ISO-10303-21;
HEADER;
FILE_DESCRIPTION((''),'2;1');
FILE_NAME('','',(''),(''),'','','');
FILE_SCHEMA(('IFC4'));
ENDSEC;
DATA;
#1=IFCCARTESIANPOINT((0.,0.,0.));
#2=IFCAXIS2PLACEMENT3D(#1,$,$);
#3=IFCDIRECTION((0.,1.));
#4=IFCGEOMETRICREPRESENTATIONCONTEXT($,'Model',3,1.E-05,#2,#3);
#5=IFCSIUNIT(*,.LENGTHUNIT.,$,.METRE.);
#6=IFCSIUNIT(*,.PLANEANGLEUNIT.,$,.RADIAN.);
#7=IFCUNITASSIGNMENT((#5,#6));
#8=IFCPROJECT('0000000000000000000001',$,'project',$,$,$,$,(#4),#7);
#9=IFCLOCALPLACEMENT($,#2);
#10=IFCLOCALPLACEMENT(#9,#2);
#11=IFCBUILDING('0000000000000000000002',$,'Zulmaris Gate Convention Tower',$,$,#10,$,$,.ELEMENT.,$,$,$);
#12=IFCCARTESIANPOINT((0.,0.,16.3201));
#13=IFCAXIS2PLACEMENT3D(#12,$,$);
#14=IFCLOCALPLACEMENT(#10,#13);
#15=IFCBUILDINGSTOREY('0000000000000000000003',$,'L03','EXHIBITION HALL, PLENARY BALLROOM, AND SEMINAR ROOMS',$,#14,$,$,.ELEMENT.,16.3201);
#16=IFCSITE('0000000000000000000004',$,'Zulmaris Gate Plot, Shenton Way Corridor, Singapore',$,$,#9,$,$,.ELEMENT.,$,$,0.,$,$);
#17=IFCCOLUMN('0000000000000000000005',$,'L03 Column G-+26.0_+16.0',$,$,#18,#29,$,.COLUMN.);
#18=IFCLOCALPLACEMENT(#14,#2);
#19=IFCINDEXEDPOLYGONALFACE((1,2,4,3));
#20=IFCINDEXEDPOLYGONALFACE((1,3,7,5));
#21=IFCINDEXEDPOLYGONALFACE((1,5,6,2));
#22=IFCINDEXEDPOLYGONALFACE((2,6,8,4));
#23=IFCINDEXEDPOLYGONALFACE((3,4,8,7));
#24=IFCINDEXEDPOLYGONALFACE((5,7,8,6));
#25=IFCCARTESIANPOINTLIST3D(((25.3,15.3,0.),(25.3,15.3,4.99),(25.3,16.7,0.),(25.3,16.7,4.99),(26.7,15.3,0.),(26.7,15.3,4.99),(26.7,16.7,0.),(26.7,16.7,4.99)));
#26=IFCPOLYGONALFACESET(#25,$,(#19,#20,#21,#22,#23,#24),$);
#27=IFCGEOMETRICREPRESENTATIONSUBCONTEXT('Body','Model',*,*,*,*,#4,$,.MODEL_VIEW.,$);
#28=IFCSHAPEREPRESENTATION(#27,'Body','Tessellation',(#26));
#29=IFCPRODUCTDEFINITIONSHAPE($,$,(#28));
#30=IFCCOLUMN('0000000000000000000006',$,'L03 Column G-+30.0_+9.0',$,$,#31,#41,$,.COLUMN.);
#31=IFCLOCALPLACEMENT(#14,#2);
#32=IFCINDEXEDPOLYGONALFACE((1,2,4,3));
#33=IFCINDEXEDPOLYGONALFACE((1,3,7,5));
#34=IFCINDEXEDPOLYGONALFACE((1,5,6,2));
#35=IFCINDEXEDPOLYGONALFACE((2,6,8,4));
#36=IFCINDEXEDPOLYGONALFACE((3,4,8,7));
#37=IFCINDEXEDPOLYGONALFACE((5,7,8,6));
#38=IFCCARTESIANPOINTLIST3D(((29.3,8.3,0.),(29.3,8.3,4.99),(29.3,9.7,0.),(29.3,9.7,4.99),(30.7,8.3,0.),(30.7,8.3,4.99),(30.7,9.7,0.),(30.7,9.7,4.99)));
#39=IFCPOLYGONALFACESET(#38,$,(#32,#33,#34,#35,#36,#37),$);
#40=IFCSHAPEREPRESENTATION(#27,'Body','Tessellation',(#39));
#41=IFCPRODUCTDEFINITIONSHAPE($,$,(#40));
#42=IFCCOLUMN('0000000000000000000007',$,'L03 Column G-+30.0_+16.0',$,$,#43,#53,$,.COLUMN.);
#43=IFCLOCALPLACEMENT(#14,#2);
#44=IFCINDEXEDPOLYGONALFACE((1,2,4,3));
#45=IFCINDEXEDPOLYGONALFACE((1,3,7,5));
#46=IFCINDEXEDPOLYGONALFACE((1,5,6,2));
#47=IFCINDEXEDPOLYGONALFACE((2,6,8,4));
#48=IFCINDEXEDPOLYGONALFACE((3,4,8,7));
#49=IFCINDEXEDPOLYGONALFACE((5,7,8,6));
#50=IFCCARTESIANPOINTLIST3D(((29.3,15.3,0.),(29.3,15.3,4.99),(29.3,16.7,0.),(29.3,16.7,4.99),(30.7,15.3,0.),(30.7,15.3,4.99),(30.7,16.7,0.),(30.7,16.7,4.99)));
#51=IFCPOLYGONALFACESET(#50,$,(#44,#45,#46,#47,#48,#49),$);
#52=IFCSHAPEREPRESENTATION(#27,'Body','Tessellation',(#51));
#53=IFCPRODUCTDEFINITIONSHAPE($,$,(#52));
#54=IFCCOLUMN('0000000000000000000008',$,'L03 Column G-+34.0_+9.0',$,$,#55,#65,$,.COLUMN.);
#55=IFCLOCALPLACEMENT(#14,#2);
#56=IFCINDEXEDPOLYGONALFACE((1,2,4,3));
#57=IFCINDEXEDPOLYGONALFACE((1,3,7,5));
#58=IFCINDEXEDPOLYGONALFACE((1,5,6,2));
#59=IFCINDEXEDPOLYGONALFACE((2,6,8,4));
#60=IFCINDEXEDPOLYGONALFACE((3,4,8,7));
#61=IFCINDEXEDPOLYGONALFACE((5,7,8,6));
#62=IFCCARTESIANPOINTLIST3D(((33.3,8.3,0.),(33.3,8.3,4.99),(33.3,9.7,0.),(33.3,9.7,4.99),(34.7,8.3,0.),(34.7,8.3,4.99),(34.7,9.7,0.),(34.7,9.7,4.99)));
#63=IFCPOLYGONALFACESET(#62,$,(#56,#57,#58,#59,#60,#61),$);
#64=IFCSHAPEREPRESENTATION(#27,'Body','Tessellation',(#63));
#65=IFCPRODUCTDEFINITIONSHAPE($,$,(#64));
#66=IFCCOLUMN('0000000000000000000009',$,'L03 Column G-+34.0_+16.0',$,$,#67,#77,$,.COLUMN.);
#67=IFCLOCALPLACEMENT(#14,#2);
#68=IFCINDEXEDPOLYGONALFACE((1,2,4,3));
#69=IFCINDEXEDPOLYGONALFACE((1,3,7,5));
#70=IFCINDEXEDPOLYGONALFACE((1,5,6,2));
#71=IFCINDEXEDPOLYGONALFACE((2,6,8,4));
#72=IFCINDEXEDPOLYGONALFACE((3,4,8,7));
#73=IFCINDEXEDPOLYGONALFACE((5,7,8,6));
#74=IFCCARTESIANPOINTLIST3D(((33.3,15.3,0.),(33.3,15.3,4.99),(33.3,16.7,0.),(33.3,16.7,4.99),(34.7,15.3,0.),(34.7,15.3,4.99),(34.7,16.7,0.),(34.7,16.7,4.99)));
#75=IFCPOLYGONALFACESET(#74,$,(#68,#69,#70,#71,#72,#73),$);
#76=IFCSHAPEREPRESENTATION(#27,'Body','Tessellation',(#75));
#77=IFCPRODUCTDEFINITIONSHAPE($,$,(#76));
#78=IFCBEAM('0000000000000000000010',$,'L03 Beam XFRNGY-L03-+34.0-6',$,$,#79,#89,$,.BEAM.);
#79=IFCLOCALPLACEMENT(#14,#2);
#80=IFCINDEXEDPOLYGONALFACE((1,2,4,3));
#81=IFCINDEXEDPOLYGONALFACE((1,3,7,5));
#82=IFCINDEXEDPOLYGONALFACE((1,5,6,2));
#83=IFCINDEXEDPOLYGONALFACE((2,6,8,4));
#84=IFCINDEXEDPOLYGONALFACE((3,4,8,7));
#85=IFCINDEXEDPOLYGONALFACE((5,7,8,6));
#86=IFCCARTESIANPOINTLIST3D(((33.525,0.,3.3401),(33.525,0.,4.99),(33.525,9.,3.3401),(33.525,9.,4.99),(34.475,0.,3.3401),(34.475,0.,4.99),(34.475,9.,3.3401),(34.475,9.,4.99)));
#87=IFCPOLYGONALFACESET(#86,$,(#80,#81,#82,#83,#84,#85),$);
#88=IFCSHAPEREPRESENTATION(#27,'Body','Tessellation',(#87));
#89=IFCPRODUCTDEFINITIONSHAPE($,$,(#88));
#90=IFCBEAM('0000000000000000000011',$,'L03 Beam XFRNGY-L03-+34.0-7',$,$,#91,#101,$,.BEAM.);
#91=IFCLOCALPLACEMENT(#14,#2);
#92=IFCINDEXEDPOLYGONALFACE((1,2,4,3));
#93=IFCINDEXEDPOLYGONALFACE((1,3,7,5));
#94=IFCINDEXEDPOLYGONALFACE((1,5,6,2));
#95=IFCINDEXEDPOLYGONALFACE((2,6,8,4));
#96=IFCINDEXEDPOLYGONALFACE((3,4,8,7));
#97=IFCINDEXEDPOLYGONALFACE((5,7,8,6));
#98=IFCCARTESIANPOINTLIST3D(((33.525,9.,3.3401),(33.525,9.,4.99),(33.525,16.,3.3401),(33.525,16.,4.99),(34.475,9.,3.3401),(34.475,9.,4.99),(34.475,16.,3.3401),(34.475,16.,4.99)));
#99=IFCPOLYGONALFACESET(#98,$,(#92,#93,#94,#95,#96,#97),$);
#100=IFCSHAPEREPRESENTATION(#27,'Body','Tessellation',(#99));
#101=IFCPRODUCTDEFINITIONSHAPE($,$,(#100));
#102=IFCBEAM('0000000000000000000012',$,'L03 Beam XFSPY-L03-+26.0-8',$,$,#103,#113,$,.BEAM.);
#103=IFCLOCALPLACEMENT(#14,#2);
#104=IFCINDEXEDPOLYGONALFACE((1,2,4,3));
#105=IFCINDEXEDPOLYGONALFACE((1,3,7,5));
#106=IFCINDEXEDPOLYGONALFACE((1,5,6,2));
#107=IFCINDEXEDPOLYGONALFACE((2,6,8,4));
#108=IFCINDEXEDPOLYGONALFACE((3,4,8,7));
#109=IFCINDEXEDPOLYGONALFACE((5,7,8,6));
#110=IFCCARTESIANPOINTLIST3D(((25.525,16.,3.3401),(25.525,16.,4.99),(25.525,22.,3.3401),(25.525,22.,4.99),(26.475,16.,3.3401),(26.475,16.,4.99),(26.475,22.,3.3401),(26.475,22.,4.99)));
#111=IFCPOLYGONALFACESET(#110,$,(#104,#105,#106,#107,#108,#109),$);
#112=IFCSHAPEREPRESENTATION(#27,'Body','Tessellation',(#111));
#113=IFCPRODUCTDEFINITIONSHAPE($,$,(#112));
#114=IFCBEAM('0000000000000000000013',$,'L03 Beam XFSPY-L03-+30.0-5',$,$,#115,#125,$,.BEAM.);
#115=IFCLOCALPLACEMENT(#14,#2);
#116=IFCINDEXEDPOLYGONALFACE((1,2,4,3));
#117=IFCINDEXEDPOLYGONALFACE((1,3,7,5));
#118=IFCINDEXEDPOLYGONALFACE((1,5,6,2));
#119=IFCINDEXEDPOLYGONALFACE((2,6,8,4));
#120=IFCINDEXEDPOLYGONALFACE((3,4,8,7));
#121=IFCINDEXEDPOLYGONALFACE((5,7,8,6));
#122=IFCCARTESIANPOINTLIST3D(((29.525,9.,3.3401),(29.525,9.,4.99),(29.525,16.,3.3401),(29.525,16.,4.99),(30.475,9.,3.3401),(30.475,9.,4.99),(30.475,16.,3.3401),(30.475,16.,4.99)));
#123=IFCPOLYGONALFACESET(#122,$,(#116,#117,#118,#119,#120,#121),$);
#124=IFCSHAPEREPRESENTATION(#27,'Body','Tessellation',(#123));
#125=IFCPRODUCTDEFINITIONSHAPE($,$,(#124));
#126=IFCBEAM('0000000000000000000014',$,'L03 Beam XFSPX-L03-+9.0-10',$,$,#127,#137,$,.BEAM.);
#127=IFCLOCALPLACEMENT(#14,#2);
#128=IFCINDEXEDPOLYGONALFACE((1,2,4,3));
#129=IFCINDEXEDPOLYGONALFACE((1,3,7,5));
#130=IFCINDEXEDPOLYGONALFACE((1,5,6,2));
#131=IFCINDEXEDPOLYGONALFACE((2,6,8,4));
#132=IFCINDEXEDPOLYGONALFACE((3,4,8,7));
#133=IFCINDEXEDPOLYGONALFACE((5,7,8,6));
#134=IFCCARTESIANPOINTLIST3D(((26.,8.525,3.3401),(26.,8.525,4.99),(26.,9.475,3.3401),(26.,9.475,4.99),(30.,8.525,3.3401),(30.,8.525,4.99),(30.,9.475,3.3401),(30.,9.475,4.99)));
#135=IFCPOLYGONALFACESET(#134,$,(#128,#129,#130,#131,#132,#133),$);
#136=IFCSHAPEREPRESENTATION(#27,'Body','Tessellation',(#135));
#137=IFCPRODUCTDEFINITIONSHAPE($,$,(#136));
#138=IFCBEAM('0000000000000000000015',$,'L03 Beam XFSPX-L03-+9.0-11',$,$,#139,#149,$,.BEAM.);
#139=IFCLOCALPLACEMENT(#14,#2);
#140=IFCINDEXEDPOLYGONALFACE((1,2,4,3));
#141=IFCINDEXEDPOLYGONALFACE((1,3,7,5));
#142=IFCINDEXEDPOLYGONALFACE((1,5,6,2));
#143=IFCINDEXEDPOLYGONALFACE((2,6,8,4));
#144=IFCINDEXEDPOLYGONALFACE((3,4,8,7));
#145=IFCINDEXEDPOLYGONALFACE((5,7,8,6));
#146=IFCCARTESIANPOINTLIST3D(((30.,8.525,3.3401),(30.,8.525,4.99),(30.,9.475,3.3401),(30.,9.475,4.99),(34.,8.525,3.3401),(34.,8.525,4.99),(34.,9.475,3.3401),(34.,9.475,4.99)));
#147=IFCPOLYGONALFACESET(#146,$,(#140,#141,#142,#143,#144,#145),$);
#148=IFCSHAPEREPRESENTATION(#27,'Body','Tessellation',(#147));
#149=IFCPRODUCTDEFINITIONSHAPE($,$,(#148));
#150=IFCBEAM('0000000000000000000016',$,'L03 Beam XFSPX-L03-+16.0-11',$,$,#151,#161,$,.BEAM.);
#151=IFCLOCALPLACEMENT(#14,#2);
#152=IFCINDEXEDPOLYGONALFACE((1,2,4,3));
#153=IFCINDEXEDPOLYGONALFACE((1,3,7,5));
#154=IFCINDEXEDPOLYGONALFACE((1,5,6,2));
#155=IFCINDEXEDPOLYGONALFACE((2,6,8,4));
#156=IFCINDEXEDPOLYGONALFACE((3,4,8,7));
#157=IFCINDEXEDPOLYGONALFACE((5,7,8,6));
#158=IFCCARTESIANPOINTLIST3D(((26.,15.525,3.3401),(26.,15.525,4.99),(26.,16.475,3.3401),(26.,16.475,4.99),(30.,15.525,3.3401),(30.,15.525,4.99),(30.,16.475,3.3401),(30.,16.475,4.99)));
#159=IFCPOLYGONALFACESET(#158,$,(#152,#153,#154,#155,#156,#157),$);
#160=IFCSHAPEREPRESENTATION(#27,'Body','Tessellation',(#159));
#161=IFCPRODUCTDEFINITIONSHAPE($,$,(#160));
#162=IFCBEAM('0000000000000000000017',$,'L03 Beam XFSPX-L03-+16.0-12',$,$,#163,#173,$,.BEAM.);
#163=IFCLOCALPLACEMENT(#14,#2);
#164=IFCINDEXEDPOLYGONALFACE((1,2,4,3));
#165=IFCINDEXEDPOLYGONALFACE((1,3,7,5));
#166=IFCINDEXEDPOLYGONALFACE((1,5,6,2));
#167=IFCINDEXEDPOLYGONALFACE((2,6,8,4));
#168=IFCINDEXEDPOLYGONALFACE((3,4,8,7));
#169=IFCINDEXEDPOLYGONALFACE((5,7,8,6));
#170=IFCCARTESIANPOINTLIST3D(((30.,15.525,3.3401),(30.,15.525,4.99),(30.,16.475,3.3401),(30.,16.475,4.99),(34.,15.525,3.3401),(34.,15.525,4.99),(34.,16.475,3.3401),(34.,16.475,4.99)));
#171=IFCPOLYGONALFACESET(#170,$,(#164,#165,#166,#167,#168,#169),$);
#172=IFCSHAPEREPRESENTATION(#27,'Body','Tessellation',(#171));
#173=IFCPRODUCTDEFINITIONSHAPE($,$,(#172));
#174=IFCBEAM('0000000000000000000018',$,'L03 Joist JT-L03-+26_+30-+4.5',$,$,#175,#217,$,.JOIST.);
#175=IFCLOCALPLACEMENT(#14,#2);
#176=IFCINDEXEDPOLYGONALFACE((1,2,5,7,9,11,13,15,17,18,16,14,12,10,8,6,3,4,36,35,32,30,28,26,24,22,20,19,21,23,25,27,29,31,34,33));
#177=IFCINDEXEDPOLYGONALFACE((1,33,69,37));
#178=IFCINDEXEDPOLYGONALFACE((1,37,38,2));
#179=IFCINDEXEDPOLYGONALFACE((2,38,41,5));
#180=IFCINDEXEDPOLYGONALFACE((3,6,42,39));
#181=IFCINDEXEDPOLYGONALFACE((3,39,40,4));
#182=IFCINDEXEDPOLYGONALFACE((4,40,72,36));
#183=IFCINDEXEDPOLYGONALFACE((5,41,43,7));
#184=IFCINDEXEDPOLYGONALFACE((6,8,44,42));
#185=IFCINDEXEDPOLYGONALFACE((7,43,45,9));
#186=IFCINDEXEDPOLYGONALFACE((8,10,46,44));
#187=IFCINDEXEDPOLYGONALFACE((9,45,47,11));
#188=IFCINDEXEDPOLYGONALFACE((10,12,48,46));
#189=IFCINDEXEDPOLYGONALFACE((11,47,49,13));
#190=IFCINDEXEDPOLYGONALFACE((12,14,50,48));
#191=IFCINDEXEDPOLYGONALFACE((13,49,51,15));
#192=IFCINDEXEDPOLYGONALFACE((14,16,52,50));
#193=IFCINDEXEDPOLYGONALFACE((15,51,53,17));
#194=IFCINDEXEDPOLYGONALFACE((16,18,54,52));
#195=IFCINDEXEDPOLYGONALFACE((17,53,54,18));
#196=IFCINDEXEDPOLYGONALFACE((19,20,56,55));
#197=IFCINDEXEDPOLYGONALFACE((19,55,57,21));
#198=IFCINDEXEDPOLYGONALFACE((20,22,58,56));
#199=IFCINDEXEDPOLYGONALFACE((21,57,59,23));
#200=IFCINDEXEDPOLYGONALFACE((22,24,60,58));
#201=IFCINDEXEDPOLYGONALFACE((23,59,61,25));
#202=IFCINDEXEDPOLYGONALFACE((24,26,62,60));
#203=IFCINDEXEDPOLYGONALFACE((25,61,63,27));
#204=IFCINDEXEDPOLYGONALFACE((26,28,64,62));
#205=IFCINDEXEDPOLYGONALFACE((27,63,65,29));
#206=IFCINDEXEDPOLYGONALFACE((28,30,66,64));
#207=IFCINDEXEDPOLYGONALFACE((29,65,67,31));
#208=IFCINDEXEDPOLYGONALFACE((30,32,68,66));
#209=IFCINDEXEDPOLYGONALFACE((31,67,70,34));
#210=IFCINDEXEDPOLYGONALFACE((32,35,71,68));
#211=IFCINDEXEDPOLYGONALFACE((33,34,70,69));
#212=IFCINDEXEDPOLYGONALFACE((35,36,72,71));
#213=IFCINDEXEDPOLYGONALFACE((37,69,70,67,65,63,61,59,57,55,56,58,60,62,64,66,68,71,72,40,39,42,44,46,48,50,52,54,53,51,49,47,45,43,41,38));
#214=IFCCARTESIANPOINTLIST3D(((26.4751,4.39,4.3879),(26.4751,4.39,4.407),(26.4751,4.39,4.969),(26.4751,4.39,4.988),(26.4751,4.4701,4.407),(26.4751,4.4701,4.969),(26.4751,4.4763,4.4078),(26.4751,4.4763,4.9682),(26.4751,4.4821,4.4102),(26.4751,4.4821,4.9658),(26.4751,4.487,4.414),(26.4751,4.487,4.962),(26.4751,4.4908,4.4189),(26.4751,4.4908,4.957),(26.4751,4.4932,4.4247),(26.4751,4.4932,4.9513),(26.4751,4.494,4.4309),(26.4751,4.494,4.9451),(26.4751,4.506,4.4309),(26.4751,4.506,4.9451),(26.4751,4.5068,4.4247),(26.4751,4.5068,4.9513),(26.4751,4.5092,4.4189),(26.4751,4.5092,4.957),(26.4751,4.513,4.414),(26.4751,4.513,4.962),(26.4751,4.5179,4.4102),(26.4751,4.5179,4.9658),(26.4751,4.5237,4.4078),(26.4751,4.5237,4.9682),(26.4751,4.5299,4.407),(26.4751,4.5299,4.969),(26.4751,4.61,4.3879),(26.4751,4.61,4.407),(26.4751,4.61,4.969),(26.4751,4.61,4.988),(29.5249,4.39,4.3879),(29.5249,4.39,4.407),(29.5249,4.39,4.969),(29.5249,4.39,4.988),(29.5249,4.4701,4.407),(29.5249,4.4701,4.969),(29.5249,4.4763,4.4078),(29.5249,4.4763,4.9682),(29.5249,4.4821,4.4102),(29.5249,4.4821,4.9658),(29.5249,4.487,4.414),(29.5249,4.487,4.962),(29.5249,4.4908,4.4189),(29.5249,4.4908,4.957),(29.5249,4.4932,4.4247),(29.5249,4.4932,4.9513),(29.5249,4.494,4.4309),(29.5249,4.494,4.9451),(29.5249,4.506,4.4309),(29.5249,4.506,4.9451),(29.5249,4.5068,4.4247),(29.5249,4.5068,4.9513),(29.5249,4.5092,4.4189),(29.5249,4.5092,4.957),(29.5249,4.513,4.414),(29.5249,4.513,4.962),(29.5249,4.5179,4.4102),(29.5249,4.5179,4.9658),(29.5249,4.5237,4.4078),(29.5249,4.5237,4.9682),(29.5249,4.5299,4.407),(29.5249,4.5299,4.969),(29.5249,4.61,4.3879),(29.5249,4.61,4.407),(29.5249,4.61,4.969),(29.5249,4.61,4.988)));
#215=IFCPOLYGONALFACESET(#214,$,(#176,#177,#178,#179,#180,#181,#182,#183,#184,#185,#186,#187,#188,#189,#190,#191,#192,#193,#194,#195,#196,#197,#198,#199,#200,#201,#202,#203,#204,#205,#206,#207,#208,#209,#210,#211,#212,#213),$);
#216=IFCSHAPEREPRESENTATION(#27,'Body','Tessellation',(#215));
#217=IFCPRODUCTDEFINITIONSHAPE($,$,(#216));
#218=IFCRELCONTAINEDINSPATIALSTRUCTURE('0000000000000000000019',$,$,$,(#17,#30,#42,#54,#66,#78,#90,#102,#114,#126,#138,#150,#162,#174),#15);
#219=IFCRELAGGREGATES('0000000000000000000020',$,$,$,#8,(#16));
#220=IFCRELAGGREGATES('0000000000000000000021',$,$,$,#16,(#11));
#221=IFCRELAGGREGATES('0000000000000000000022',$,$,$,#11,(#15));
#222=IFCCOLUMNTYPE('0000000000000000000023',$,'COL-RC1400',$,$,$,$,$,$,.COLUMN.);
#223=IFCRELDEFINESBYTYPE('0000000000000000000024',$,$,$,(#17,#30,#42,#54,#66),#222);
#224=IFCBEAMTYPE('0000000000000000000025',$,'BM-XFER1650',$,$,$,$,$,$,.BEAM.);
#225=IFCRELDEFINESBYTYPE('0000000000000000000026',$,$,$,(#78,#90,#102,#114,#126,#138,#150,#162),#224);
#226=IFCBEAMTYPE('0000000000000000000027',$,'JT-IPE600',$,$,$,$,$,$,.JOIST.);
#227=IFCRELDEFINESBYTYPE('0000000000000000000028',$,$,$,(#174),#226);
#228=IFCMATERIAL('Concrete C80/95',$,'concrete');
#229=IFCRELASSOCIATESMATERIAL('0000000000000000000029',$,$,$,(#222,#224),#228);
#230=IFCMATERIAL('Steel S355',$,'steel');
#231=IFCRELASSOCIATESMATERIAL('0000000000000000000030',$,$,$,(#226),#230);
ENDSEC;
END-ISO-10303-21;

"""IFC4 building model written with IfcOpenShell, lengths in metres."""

from ifc_helpers import new_model, si_unit, direction, frame, origin, origin_2d, place, context, subcontext, project, spatial, rectangle, i_section, extrude, material, material_profile, profile_set, type_object, element, save


model = new_model("IFC4")

# Units and contexts
model_context = context("Model", 3, precision=1e-05, world=origin(), true_north=direction((0.0, 1.0)))
body_context = subcontext(model_context, "Body", "Model", "MODEL_VIEW")
ifc_project = project(units=[si_unit("LENGTHUNIT", "METRE"), si_unit("PLANEANGLEUNIT", "RADIAN")], contexts=[model_context])

# Site, building, storey
site_placement = place(None, origin())
site = spatial("IfcSite", under=ifc_project, at=site_placement, Name="Zulmaris Gate Plot, Shenton Way Corridor, Singapore", CompositionType="ELEMENT", RefElevation=0.0)
building_placement = place(site_placement, origin())
building = spatial("IfcBuilding", under=site, at=building_placement, Name="Zulmaris Gate Convention Tower", CompositionType="ELEMENT")
storey_placement = place(building_placement, frame((0.0, 0.0, 16.3201)))
storey = spatial("IfcBuildingStorey", under=building, at=storey_placement, Name="L03", Description="EXHIBITION HALL, PLENARY BALLROOM, AND SEMINAR ROOMS", CompositionType="ELEMENT", Elevation=16.3201)

# Columns
ifc_material_1 = material(Name="Concrete C80/95", Category="concrete")
ifc_material_profile_1 = material_profile(ifc_material_1, rectangle(XDim=1.3999, YDim=1.3999, at=origin_2d()), Name="RC COL 1400x1400")
ifc_profile_set_1 = profile_set([ifc_material_profile_1], Name="Concrete C80/95")
column_type = type_object("IfcColumnType", Name="COL-RC1400", PredefinedType="COLUMN", material=ifc_profile_set_1)
for number, where, z_axis, x_axis, name in (
    (1, (26.0, 16.0, 0.0), (0.0, 0.0, 1.0), (1.0, 0.0, 0.0), "L03 Column G-+26.0_+16.0"),
    (2, (30.0, 9.0, 0.0), (0.0, 0.0, 1.0), (1.0, 0.0, 0.0), "L03 Column G-+30.0_+9.0"),
    (3, (30.0, 16.0, 0.0), (0.0, 0.0, 1.0), (1.0, 0.0, 0.0), "L03 Column G-+30.0_+16.0"),
    (4, (34.0, 9.0, 0.0), (0.0, 0.0, 1.0), (1.0, 0.0, 0.0), "L03 Column G-+34.0_+9.0"),
    (5, (34.0, 16.0, 0.0), (0.0, 0.0, 1.0), (1.0, 0.0, 0.0), "L03 Column G-+34.0_+16.0"),
):
    element("IfcColumn", number, at=place(storey_placement, frame(where, z_axis=z_axis, x_axis=x_axis)), inside=storey, type_object=column_type, Name=name, PredefinedType="COLUMN", context=body_context, shape_type="SweptSolid", body=[
        extrude(rectangle(XDim=1.3999, YDim=1.3999, at=origin_2d()), origin(), (0.0, 0.0, 1.0), 4.99),
    ])

# Beams
ifc_material_profile_2 = material_profile(ifc_material_1, rectangle(XDim=0.95, YDim=1.6499, at=origin_2d()), Name="RC TRANSFER 950x1650")
ifc_profile_set_2 = profile_set([ifc_material_profile_2], Name="Concrete C80/95")
beam_type_1 = type_object("IfcBeamType", Name="BM-XFER1650", PredefinedType="BEAM", material=ifc_profile_set_2)
beam_1_placement = place(storey_placement, frame((34.0, 0.0, 4.165), z_axis=(0.0, 1.0, 0.0), x_axis=(-1.0, 0.0, 0.0)))
element("IfcBeam", 6, at=beam_1_placement, inside=storey, type_object=beam_type_1, Name="L03 Beam XFRNGY-L03-+34.0-6", PredefinedType="BEAM", context=body_context, shape_type="SweptSolid", body=[
    extrude(rectangle(XDim=0.95, YDim=1.6499, at=origin_2d()), origin(), (0.0, 0.0, 1.0), 9.0),
])
beam_2_placement = place(storey_placement, frame((34.0, 9.0, 4.165), z_axis=(0.0, 1.0, 0.0), x_axis=(-1.0, 0.0, 0.0)))
element("IfcBeam", 7, at=beam_2_placement, inside=storey, type_object=beam_type_1, Name="L03 Beam XFRNGY-L03-+34.0-7", PredefinedType="BEAM", context=body_context, shape_type="SweptSolid", body=[
    extrude(rectangle(XDim=0.95, YDim=1.6499, at=origin_2d()), origin(), (0.0, 0.0, 1.0), 7.0),
])
beam_3_placement = place(storey_placement, frame((26.0, 16.0, 4.165), z_axis=(0.0, 1.0, 0.0), x_axis=(-1.0, 0.0, 0.0)))
element("IfcBeam", 8, at=beam_3_placement, inside=storey, type_object=beam_type_1, Name="L03 Beam XFSPY-L03-+26.0-8", PredefinedType="BEAM", context=body_context, shape_type="SweptSolid", body=[
    extrude(rectangle(XDim=0.95, YDim=1.6499, at=origin_2d()), origin(), (0.0, 0.0, 1.0), 6.0),
])
beam_4_placement = place(storey_placement, frame((30.0, 9.0, 4.165), z_axis=(0.0, 1.0, 0.0), x_axis=(-1.0, 0.0, 0.0)))
element("IfcBeam", 9, at=beam_4_placement, inside=storey, type_object=beam_type_1, Name="L03 Beam XFSPY-L03-+30.0-5", PredefinedType="BEAM", context=body_context, shape_type="SweptSolid", body=[
    extrude(rectangle(XDim=0.95, YDim=1.6499, at=origin_2d()), origin(), (0.0, 0.0, 1.0), 7.0),
])
for number, where, z_axis, x_axis, name in (
    (10, (26.0, 9.0, 4.165), (1.0, 0.0, 0.0), (0.0, 1.0, 0.0), "L03 Beam XFSPX-L03-+9.0-10"),
    (11, (30.0, 9.0, 4.165), (1.0, 0.0, 0.0), (0.0, 1.0, 0.0), "L03 Beam XFSPX-L03-+9.0-11"),
    (12, (26.0, 16.0, 4.165), (1.0, 0.0, 0.0), (0.0, 1.0, 0.0), "L03 Beam XFSPX-L03-+16.0-11"),
    (13, (30.0, 16.0, 4.165), (1.0, 0.0, 0.0), (0.0, 1.0, 0.0), "L03 Beam XFSPX-L03-+16.0-12"),
):
    element("IfcBeam", number, at=place(storey_placement, frame(where, z_axis=z_axis, x_axis=x_axis)), inside=storey, type_object=beam_type_1, Name=name, PredefinedType="BEAM", context=body_context, shape_type="SweptSolid", body=[
        extrude(rectangle(XDim=0.95, YDim=1.6499, at=origin_2d()), origin(), (0.0, 0.0, 1.0), 4.0),
    ])
ifc_material_2 = material(Name="Steel S355", Category="steel")
ifc_material_profile_3 = material_profile(ifc_material_2, i_section(OverallWidth=0.22, OverallDepth=0.6001, WebThickness=0.012, FlangeThickness=0.019, FilletRadius=0.0239, at=origin_2d()), Name="IPE 600")
ifc_profile_set_3 = profile_set([ifc_material_profile_3], Name="Steel S355")
beam_type_2 = type_object("IfcBeamType", Name="JT-IPE600", PredefinedType="JOIST", material=ifc_profile_set_3)
for number, where, z_axis, x_axis, name in (
    (14, (26.4751, 4.5, 4.688), (1.0, 0.0, 0.0), (0.0, 1.0, 0.0), "L03 Joist JT-L03-+26_+30-+4.5"),
):
    element("IfcBeam", number, at=place(storey_placement, frame(where, z_axis=z_axis, x_axis=x_axis)), inside=storey, type_object=beam_type_2, Name=name, PredefinedType="JOIST", context=body_context, shape_type="SweptSolid", body=[
        extrude(i_section(OverallWidth=0.22, OverallDepth=0.6001, WebThickness=0.012, FlangeThickness=0.019, FilletRadius=0.0239, at=origin_2d()), origin(), (0.0, 0.0, 1.0), 3.0498),
    ])

save(model, "model.ifc")
